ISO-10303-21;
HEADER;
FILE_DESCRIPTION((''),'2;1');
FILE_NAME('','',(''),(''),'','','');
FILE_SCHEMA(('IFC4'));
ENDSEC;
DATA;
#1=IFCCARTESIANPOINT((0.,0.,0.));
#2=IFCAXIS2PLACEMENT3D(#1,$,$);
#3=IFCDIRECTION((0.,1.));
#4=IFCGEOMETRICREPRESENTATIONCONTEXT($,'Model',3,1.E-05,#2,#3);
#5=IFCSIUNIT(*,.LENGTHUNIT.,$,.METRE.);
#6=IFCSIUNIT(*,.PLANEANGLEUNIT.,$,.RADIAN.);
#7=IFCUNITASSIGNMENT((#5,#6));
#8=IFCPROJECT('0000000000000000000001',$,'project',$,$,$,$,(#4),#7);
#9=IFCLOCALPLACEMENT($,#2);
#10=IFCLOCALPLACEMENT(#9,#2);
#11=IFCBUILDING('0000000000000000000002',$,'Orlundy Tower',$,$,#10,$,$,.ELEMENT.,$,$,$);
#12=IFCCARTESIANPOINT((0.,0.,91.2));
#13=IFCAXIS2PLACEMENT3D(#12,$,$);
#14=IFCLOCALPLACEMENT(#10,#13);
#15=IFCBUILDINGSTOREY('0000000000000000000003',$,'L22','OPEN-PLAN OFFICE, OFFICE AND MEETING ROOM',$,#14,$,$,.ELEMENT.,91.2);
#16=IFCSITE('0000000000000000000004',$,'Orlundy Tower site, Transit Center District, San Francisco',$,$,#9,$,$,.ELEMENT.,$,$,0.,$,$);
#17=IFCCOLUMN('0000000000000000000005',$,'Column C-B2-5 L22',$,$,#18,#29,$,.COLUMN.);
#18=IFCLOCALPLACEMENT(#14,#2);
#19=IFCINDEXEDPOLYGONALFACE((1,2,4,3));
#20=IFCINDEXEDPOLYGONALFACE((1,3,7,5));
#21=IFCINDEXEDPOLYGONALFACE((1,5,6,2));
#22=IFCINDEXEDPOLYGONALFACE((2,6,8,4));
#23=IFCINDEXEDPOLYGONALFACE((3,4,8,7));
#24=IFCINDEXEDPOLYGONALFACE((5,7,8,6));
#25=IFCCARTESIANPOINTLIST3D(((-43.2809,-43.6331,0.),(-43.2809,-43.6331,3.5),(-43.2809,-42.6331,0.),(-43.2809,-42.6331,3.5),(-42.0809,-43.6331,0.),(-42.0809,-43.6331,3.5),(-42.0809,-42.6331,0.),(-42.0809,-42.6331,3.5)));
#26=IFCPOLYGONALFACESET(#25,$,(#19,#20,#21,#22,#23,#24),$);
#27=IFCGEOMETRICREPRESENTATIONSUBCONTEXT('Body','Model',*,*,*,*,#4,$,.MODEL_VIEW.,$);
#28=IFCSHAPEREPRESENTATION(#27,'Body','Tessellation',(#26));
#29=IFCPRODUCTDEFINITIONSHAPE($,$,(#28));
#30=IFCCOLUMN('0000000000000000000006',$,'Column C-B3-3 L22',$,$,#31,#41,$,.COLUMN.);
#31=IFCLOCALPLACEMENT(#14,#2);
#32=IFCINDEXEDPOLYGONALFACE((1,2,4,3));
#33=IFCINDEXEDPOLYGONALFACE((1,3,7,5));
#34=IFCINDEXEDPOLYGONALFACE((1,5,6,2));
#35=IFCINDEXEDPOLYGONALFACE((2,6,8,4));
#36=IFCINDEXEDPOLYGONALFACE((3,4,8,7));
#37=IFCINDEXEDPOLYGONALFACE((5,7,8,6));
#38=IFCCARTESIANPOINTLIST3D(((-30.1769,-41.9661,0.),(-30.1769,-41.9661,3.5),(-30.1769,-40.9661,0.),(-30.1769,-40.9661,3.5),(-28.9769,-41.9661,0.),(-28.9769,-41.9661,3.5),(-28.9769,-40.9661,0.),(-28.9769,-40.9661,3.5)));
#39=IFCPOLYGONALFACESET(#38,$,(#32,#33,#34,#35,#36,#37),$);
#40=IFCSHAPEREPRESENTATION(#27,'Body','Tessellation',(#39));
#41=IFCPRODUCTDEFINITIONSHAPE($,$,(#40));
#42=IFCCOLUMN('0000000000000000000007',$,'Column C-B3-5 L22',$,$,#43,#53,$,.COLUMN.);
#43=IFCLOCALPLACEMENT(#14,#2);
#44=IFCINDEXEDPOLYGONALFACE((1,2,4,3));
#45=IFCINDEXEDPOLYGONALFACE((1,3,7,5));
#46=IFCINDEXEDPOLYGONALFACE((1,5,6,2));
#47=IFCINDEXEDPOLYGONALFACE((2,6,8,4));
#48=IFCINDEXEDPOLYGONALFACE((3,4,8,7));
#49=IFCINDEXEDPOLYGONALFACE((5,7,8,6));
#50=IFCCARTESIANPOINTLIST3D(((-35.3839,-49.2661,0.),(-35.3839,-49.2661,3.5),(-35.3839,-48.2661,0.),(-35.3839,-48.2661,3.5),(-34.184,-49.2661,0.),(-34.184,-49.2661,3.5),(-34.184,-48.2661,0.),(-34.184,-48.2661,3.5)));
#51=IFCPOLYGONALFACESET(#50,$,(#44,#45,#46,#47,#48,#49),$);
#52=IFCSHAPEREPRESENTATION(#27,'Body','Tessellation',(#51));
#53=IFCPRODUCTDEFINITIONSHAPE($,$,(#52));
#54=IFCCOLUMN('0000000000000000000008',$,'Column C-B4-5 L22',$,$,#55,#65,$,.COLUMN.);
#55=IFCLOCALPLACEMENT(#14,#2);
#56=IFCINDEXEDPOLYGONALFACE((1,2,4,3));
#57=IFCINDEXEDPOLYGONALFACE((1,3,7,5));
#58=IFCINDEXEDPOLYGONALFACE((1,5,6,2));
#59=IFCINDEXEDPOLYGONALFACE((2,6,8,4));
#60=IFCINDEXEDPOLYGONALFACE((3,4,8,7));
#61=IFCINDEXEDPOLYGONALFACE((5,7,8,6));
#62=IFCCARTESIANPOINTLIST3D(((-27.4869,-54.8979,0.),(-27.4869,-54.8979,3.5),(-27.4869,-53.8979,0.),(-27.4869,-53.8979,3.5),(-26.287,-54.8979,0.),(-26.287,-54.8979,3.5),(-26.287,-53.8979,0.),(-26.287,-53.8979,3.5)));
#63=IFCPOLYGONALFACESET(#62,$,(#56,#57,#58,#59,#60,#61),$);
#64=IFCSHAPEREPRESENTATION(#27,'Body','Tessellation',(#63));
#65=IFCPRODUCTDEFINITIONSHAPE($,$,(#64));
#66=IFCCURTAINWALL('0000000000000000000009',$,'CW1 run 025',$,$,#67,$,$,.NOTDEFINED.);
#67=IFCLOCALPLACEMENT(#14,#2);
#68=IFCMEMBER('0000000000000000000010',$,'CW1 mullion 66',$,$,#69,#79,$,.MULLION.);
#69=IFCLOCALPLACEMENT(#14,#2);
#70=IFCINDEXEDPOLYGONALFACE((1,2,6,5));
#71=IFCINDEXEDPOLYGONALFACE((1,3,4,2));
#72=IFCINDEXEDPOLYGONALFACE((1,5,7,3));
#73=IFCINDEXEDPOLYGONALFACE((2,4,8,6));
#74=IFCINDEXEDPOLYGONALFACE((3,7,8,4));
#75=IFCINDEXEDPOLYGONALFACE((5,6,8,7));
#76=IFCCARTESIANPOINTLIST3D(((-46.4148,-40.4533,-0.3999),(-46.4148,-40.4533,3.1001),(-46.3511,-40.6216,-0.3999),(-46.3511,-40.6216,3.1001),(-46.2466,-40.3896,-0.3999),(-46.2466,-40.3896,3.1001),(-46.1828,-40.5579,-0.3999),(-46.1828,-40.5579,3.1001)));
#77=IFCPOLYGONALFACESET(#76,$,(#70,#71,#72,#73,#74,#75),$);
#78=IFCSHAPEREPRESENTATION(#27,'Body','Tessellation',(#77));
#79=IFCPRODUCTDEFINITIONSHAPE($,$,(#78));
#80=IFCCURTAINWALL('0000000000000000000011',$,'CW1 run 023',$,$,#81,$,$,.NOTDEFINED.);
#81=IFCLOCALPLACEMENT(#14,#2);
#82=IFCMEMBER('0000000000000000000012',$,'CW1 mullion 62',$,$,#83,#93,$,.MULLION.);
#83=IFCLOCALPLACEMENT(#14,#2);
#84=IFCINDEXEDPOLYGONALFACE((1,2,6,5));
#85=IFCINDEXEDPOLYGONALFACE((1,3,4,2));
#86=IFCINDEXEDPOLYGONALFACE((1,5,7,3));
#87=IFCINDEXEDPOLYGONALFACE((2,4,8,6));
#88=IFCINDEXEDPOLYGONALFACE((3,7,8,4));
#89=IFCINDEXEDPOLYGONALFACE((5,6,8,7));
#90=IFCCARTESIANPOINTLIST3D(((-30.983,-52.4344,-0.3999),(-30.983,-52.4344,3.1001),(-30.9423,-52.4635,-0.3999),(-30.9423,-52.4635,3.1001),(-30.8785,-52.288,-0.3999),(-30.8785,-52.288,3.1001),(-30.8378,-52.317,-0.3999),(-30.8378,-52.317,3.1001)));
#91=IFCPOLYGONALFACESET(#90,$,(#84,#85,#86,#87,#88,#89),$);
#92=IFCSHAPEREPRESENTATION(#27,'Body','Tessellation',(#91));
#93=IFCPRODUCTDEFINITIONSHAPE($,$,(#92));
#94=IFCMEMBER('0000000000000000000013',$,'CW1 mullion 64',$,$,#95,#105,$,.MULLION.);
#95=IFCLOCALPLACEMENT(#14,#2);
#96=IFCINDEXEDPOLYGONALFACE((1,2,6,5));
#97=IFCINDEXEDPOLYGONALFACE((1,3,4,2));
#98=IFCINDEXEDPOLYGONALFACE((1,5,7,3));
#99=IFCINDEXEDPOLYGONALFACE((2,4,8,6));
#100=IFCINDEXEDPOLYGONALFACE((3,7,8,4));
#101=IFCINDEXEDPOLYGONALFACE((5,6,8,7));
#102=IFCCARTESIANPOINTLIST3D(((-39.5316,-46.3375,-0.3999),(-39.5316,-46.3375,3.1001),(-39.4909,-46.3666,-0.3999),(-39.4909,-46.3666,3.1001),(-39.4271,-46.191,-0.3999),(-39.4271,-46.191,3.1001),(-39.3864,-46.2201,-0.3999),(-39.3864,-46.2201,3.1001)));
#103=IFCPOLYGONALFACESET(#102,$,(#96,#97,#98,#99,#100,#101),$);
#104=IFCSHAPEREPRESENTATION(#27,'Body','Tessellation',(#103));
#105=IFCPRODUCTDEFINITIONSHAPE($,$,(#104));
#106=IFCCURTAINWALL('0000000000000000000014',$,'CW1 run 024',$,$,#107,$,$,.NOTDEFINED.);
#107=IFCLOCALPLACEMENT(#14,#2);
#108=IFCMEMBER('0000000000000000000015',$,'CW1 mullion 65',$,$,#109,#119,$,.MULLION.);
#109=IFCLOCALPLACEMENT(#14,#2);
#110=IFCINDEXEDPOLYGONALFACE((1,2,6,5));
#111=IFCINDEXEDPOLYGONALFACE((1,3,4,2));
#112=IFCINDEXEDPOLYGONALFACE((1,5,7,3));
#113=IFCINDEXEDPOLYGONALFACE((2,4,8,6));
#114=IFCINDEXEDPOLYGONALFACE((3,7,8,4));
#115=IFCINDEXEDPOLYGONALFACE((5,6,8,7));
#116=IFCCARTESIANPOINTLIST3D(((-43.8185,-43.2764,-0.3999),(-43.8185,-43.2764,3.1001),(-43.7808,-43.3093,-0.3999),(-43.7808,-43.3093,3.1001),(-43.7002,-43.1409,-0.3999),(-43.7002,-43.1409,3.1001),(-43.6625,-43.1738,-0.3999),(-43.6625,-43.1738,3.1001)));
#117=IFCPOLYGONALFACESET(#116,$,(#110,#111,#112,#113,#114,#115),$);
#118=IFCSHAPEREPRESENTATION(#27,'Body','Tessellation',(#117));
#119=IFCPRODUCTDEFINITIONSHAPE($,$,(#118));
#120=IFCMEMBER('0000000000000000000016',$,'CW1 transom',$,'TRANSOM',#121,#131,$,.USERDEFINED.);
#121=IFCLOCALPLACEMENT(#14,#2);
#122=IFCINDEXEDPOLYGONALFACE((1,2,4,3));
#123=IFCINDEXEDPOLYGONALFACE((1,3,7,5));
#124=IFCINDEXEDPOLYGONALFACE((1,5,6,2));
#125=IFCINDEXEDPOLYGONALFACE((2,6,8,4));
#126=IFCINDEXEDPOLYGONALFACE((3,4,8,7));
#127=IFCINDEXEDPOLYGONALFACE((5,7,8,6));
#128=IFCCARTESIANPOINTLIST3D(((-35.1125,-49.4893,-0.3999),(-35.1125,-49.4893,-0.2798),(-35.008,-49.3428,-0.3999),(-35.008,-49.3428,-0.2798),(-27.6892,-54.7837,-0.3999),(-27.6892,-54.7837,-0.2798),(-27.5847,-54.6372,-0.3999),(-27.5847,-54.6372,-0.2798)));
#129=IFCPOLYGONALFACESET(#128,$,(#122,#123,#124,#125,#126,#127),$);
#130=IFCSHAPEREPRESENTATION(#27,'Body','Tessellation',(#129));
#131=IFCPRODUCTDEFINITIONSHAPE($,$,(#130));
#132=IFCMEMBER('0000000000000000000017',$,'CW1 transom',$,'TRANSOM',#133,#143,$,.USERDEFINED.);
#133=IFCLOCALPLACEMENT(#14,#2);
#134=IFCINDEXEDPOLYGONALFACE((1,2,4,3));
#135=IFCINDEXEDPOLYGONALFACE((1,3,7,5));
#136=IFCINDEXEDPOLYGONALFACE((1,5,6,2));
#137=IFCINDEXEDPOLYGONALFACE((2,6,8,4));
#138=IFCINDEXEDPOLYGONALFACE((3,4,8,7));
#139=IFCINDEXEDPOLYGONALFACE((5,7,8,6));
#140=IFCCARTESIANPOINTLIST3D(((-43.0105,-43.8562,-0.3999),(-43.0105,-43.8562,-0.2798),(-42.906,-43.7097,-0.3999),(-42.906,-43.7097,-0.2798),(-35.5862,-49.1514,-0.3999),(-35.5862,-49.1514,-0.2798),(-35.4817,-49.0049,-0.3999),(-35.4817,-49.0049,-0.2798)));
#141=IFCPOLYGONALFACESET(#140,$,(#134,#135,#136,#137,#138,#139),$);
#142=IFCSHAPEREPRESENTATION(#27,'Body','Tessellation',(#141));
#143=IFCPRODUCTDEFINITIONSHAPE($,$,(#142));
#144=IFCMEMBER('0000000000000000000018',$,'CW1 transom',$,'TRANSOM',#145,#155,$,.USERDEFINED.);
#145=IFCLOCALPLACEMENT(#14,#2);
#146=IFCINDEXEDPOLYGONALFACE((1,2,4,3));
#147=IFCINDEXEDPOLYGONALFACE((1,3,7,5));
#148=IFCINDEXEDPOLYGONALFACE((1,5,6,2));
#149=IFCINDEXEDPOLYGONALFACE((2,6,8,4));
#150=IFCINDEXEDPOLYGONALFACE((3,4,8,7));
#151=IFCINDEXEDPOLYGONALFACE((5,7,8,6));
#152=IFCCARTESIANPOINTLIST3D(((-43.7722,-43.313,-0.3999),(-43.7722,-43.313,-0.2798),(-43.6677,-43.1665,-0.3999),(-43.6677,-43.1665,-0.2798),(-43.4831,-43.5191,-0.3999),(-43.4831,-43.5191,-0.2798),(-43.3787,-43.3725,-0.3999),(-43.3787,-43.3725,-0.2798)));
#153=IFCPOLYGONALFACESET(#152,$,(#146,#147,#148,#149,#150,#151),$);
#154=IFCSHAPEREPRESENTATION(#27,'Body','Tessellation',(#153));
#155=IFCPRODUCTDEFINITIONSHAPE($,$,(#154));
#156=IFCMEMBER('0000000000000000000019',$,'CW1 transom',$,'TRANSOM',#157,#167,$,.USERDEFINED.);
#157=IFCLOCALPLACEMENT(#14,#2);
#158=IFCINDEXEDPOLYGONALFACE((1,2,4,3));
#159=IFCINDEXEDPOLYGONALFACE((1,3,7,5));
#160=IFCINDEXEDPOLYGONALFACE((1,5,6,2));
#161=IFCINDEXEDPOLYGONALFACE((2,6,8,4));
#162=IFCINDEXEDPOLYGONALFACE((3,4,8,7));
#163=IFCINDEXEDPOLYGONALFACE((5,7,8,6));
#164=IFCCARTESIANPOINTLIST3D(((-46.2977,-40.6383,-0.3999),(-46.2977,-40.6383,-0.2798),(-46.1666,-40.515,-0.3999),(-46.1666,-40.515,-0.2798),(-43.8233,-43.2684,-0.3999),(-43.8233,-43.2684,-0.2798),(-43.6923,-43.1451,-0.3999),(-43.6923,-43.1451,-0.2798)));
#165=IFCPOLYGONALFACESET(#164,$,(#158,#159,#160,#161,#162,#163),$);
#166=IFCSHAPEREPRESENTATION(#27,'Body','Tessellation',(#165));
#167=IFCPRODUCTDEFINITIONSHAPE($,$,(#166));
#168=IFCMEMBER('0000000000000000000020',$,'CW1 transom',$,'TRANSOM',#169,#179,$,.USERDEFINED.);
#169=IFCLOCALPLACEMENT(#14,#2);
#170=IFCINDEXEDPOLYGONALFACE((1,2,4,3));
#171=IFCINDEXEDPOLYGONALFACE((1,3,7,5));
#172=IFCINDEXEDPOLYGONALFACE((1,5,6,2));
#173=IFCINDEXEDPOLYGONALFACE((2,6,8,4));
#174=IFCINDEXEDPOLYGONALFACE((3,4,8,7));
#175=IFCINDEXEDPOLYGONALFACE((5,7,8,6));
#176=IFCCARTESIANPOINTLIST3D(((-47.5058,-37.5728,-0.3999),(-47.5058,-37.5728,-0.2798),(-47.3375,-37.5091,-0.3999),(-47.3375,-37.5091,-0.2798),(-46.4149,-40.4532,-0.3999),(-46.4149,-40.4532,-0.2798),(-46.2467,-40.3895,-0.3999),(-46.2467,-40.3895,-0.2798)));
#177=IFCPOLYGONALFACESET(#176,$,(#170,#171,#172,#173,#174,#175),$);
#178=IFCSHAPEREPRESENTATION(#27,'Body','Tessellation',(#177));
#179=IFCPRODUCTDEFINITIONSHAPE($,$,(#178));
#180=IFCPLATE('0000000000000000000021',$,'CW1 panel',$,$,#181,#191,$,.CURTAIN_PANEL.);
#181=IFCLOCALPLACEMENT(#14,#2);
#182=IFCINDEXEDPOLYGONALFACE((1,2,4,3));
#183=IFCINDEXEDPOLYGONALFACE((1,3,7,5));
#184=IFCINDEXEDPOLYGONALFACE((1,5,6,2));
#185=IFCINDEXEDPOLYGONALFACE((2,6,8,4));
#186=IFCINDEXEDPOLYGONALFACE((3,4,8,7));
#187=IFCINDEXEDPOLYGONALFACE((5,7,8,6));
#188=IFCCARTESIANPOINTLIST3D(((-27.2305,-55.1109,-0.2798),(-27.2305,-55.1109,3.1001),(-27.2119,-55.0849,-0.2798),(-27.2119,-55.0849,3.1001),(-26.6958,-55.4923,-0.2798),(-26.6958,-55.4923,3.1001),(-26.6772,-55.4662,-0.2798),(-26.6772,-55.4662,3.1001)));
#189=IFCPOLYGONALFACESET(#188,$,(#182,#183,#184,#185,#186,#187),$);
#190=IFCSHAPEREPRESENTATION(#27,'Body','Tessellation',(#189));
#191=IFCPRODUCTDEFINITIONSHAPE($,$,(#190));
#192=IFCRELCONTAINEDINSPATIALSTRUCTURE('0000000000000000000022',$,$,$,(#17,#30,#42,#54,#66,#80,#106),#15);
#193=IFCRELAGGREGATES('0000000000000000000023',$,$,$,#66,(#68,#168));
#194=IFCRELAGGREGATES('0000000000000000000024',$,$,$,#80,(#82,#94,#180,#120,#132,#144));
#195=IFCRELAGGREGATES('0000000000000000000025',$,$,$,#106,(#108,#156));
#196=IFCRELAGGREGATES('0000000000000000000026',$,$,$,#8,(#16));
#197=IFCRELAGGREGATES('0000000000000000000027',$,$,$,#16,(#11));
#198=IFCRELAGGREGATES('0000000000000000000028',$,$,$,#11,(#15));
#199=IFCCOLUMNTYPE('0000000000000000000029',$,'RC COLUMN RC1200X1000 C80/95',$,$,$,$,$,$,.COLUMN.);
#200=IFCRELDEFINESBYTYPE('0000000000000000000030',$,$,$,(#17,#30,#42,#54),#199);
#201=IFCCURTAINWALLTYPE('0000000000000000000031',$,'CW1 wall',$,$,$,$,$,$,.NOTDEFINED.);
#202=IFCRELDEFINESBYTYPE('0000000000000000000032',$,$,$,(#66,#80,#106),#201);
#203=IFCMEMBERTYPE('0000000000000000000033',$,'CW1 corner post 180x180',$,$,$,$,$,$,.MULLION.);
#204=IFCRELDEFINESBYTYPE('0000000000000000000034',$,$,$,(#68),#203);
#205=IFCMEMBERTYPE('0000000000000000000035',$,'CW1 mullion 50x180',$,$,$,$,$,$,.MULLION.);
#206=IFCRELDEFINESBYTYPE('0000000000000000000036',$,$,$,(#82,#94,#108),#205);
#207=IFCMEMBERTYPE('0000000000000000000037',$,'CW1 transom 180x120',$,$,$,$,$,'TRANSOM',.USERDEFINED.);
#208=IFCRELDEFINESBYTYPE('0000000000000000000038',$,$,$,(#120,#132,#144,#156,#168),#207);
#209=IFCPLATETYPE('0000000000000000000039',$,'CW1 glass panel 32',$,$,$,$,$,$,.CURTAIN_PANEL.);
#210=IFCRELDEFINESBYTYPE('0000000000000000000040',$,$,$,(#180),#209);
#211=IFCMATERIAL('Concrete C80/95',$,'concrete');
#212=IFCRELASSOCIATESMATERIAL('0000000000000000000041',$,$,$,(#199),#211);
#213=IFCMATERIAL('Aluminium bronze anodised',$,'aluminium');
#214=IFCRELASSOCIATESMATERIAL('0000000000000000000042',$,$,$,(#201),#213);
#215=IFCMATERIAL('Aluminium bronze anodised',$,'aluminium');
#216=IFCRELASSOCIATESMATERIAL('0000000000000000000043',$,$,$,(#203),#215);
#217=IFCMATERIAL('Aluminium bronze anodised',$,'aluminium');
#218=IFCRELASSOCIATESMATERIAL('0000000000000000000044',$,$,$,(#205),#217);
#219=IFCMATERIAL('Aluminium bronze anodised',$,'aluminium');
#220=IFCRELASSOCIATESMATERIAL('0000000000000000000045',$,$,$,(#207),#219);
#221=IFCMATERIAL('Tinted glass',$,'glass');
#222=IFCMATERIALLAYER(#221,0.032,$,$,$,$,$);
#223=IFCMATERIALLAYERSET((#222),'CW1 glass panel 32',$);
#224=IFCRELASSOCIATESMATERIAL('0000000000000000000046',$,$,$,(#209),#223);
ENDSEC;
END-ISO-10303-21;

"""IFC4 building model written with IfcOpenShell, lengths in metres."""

from ifc_helpers import new_model, si_unit, direction, frame, origin, origin_2d, place, context, subcontext, project, spatial, rectangle, extrude, material, layer, layer_set, material_profile, profile_set, type_object, element, aggregate, save


model = new_model("IFC4")

# Units and contexts
model_context = context("Model", 3, precision=1e-05, world=origin(), true_north=direction((0.0, 1.0)))
body_context = subcontext(model_context, "Body", "Model", "MODEL_VIEW")
ifc_project = project(units=[si_unit("LENGTHUNIT", "METRE"), si_unit("PLANEANGLEUNIT", "RADIAN")], contexts=[model_context])

# Site, building, storey
site_placement = place(None, origin())
site = spatial("IfcSite", under=ifc_project, at=site_placement, Name="Orlundy Tower site, Transit Center District, San Francisco", CompositionType="ELEMENT", RefElevation=0.0)
building_placement = place(site_placement, origin())
building = spatial("IfcBuilding", under=site, at=building_placement, Name="Orlundy Tower", CompositionType="ELEMENT")
storey_placement = place(building_placement, frame((0.0, 0.0, 91.2)))
storey = spatial("IfcBuildingStorey", under=building, at=storey_placement, Name="L22", Description="OPEN-PLAN OFFICE, OFFICE AND MEETING ROOM", CompositionType="ELEMENT", Elevation=91.2)

# Columns
ifc_material_1 = material(Name="Concrete C80/95", Category="concrete")
ifc_material_profile_1 = material_profile(ifc_material_1, rectangle(XDim=1.2, YDim=1.0, at=origin_2d()), Name="RC1200X1000")
ifc_profile_set_1 = profile_set([ifc_material_profile_1], Name="Concrete C80/95")
column_type = type_object("IfcColumnType", Name="RC COLUMN RC1200X1000 C80/95", PredefinedType="COLUMN", material=ifc_profile_set_1)
for number, where, z_axis, x_axis, name in (
    (1, (-42.6809, -43.1331, 0.0), (0.0, 0.0, 1.0), (1.0, 0.0, 0.0), "Column C-B2-5 L22"),
    (2, (-29.5769, -41.4661, 0.0), (0.0, 0.0, 1.0), (1.0, 0.0, 0.0), "Column C-B3-3 L22"),
    (3, (-34.7839, -48.7661, 0.0), (0.0, 0.0, 1.0), (1.0, 0.0, 0.0), "Column C-B3-5 L22"),
    (4, (-26.887, -54.3979, 0.0), (0.0, 0.0, 1.0), (1.0, 0.0, 0.0), "Column C-B4-5 L22"),
):
    element("IfcColumn", number, at=place(storey_placement, frame(where, z_axis=z_axis, x_axis=x_axis)), inside=storey, type_object=column_type, Name=name, PredefinedType="COLUMN", context=body_context, shape_type="SweptSolid", body=[
        extrude(rectangle(XDim=1.2, YDim=1.0, at=origin_2d()), origin(), (0.0, 0.0, 1.0), 3.5),
    ])

# Curtain wall, member
ifc_material_2 = material(Name="Aluminium bronze anodised", Category="aluminium")
curtain_wall_type = type_object("IfcCurtainWallType", Name="CW1 wall", PredefinedType="NOTDEFINED", material=ifc_material_2)
curtain_wall_1_placement = place(storey_placement, origin())
curtain_wall_1 = element("IfcCurtainWall", 5, at=curtain_wall_1_placement, inside=storey, type_object=curtain_wall_type, Name="CW1 run 025", PredefinedType="NOTDEFINED")
ifc_material_3 = material(Name="Aluminium bronze anodised", Category="aluminium")
ifc_material_profile_2 = material_profile(ifc_material_3, rectangle(XDim=0.1799, YDim=0.1799, at=origin_2d()), Name="CW1 corner post 180x180")
ifc_profile_set_2 = profile_set([ifc_material_profile_2], Name="Aluminium bronze anodised")
member_type_1 = type_object("IfcMemberType", Name="CW1 corner post 180x180", PredefinedType="MULLION", material=ifc_profile_set_2)
member_1_placement = place(storey_placement, frame((-46.2988, -40.5056, -0.3999), z_axis=(0.0, 0.0, 1.0), x_axis=(-0.935182, -0.354166, 0.0)))
member_1 = element("IfcMember", 6, at=member_1_placement, type_object=member_type_1, Name="CW1 mullion 66", PredefinedType="MULLION", context=body_context, shape_type="SweptSolid", body=[
    extrude(rectangle(XDim=0.1799, YDim=0.1799, at=origin_2d()), origin(), (0.0, 0.0, 1.0), 3.5),
])

# Curtain wall, members
curtain_wall_2_placement = place(storey_placement, origin())
curtain_wall_2 = element("IfcCurtainWall", 7, at=curtain_wall_2_placement, inside=storey, type_object=curtain_wall_type, Name="CW1 run 023", PredefinedType="NOTDEFINED")
ifc_material_4 = material(Name="Aluminium bronze anodised", Category="aluminium")
ifc_material_profile_3 = material_profile(ifc_material_4, rectangle(XDim=0.1799, YDim=0.05, at=origin_2d()), Name="CW1 mullion 50x180")
ifc_profile_set_3 = profile_set([ifc_material_profile_3], Name="Aluminium bronze anodised")
member_type_2 = type_object("IfcMemberType", Name="CW1 mullion 50x180", PredefinedType="MULLION", material=ifc_profile_set_3)
member_2_placement = place(storey_placement, frame((-30.9104, -52.3757, -0.3999), z_axis=(0.0, 0.0, 1.0), x_axis=(-0.580666, -0.814142, 0.0)))
member_2 = element("IfcMember", 8, at=member_2_placement, type_object=member_type_2, Name="CW1 mullion 62", PredefinedType="MULLION", context=body_context, shape_type="SweptSolid", body=[
    extrude(rectangle(XDim=0.1799, YDim=0.05, at=origin_2d()), origin(), (0.0, 0.0, 1.0), 3.5),
])
member_3_placement = place(storey_placement, frame((-39.459, -46.2788, -0.3999), z_axis=(0.0, 0.0, 1.0), x_axis=(-0.580666, -0.814142, 0.0)))
member_3 = element("IfcMember", 9, at=member_3_placement, type_object=member_type_2, Name="CW1 mullion 64", PredefinedType="MULLION", context=body_context, shape_type="SweptSolid", body=[
    extrude(rectangle(XDim=0.1799, YDim=0.05, at=origin_2d()), origin(), (0.0, 0.0, 1.0), 3.5),
])

# Curtain wall, member
curtain_wall_3_placement = place(storey_placement, origin())
curtain_wall_3 = element("IfcCurtainWall", 10, at=curtain_wall_3_placement, inside=storey, type_object=curtain_wall_type, Name="CW1 run 024", PredefinedType="NOTDEFINED")
member_4_placement = place(storey_placement, frame((-43.7405, -43.2251, -0.3999), z_axis=(0.0, 0.0, 1.0), x_axis=(-0.65768, -0.753297, 0.0)))
member_4 = element("IfcMember", 11, at=member_4_placement, type_object=member_type_2, Name="CW1 mullion 65", PredefinedType="MULLION", context=body_context, shape_type="SweptSolid", body=[
    extrude(rectangle(XDim=0.1799, YDim=0.05, at=origin_2d()), origin(), (0.0, 0.0, 1.0), 3.5),
])

# Members
ifc_material_5 = material(Name="Aluminium bronze anodised", Category="aluminium")
ifc_material_profile_4 = material_profile(ifc_material_5, rectangle(XDim=0.1799, YDim=0.1201, at=origin_2d()), Name="CW1 transom 180x120")
ifc_profile_set_4 = profile_set([ifc_material_profile_4], Name="Aluminium bronze anodised")
member_type_3 = type_object("IfcMemberType", Name="CW1 transom 180x120", ElementType="TRANSOM", PredefinedType="USERDEFINED", material=ifc_profile_set_4)
member_5_placement = place(storey_placement, frame((-27.637, -54.7104, -0.3398), z_axis=(-0.814146, 0.580661, 0.0), x_axis=(-0.580661, -0.814146, 0.0)))
member_5 = element("IfcMember", 12, at=member_5_placement, type_object=member_type_3, Name="CW1 transom", ObjectType="TRANSOM", PredefinedType="USERDEFINED", context=body_context, shape_type="SweptSolid", body=[
    extrude(rectangle(XDim=0.1799, YDim=0.1201, at=origin_2d()), origin(), (0.0, 0.0, 1.0), 9.1179),
])
member_6_placement = place(storey_placement, frame((-35.5339, -49.0781, -0.3398), z_axis=(-0.814144, 0.580663, 0.0), x_axis=(-0.580663, -0.814144, 0.0)))
member_6 = element("IfcMember", 13, at=member_6_placement, type_object=member_type_3, Name="CW1 transom", ObjectType="TRANSOM", PredefinedType="USERDEFINED", context=body_context, shape_type="SweptSolid", body=[
    extrude(rectangle(XDim=0.1799, YDim=0.1201, at=origin_2d()), origin(), (0.0, 0.0, 1.0), 9.1191),
])
member_7_placement = place(storey_placement, frame((-43.4309, -43.4458, -0.3398), z_axis=(-0.814291, 0.580457, 0.0), x_axis=(-0.580457, -0.814291, 0.0)))
member_7 = element("IfcMember", 14, at=member_7_placement, type_object=member_type_3, Name="CW1 transom", ObjectType="TRANSOM", PredefinedType="USERDEFINED", context=body_context, shape_type="SweptSolid", body=[
    extrude(rectangle(XDim=0.1799, YDim=0.1201, at=origin_2d()), origin(), (0.0, 0.0, 1.0), 0.355),
])
member_8_placement = place(storey_placement, frame((-43.7578, -43.2068, -0.3398), z_axis=(-0.685211, 0.728345, 0.0), x_axis=(-0.728345, -0.685211, 0.0)))
member_8 = element("IfcMember", 15, at=member_8_placement, type_object=member_type_3, Name="CW1 transom", ObjectType="TRANSOM", PredefinedType="USERDEFINED", context=body_context, shape_type="SweptSolid", body=[
    extrude(rectangle(XDim=0.1799, YDim=0.1201, at=origin_2d()), origin(), (0.0, 0.0, 1.0), 3.6111),
])
member_9_placement = place(storey_placement, frame((-46.3308, -40.4214, -0.3398), z_axis=(-0.354162, 0.935184, 0.0), x_axis=(-0.935184, -0.354162, 0.0)))
member_9 = element("IfcMember", 16, at=member_9_placement, type_object=member_type_3, Name="CW1 transom", ObjectType="TRANSOM", PredefinedType="USERDEFINED", context=body_context, shape_type="SweptSolid", body=[
    extrude(rectangle(XDim=0.1799, YDim=0.1201, at=origin_2d()), origin(), (0.0, 0.0, 1.0), 3.0801),
])
aggregate(curtain_wall_1, [member_1, member_9])

# Plate
ifc_material_6 = material(Name="Tinted glass", Category="glass")
ifc_layer_1 = layer(ifc_material_6, 0.032)
ifc_layer_set_1 = layer_set([ifc_layer_1], Name="CW1 glass panel 32")
plate_type = type_object("IfcPlateType", Name="CW1 glass panel 32", PredefinedType="CURTAIN_PANEL", material=ifc_layer_set_1)
plate_1_placement = place(storey_placement, frame((-26.9539, -55.2886, -0.2798), z_axis=(0.0, 0.0, 1.0), x_axis=(-0.814142, 0.580666, 0.0)))
plate_1 = element("IfcPlate", 17, at=plate_1_placement, type_object=plate_type, Name="CW1 panel", PredefinedType="CURTAIN_PANEL", context=body_context, shape_type="SweptSolid", body=[
    extrude(rectangle(XDim=0.6567, YDim=0.032, at=origin_2d()), origin(), (0.0, 0.0, 1.0), 3.3799),
])
aggregate(curtain_wall_2, [member_2, member_3, plate_1, member_5, member_6, member_7])
aggregate(curtain_wall_3, [member_4, member_8])

save(model, "model.ifc")
